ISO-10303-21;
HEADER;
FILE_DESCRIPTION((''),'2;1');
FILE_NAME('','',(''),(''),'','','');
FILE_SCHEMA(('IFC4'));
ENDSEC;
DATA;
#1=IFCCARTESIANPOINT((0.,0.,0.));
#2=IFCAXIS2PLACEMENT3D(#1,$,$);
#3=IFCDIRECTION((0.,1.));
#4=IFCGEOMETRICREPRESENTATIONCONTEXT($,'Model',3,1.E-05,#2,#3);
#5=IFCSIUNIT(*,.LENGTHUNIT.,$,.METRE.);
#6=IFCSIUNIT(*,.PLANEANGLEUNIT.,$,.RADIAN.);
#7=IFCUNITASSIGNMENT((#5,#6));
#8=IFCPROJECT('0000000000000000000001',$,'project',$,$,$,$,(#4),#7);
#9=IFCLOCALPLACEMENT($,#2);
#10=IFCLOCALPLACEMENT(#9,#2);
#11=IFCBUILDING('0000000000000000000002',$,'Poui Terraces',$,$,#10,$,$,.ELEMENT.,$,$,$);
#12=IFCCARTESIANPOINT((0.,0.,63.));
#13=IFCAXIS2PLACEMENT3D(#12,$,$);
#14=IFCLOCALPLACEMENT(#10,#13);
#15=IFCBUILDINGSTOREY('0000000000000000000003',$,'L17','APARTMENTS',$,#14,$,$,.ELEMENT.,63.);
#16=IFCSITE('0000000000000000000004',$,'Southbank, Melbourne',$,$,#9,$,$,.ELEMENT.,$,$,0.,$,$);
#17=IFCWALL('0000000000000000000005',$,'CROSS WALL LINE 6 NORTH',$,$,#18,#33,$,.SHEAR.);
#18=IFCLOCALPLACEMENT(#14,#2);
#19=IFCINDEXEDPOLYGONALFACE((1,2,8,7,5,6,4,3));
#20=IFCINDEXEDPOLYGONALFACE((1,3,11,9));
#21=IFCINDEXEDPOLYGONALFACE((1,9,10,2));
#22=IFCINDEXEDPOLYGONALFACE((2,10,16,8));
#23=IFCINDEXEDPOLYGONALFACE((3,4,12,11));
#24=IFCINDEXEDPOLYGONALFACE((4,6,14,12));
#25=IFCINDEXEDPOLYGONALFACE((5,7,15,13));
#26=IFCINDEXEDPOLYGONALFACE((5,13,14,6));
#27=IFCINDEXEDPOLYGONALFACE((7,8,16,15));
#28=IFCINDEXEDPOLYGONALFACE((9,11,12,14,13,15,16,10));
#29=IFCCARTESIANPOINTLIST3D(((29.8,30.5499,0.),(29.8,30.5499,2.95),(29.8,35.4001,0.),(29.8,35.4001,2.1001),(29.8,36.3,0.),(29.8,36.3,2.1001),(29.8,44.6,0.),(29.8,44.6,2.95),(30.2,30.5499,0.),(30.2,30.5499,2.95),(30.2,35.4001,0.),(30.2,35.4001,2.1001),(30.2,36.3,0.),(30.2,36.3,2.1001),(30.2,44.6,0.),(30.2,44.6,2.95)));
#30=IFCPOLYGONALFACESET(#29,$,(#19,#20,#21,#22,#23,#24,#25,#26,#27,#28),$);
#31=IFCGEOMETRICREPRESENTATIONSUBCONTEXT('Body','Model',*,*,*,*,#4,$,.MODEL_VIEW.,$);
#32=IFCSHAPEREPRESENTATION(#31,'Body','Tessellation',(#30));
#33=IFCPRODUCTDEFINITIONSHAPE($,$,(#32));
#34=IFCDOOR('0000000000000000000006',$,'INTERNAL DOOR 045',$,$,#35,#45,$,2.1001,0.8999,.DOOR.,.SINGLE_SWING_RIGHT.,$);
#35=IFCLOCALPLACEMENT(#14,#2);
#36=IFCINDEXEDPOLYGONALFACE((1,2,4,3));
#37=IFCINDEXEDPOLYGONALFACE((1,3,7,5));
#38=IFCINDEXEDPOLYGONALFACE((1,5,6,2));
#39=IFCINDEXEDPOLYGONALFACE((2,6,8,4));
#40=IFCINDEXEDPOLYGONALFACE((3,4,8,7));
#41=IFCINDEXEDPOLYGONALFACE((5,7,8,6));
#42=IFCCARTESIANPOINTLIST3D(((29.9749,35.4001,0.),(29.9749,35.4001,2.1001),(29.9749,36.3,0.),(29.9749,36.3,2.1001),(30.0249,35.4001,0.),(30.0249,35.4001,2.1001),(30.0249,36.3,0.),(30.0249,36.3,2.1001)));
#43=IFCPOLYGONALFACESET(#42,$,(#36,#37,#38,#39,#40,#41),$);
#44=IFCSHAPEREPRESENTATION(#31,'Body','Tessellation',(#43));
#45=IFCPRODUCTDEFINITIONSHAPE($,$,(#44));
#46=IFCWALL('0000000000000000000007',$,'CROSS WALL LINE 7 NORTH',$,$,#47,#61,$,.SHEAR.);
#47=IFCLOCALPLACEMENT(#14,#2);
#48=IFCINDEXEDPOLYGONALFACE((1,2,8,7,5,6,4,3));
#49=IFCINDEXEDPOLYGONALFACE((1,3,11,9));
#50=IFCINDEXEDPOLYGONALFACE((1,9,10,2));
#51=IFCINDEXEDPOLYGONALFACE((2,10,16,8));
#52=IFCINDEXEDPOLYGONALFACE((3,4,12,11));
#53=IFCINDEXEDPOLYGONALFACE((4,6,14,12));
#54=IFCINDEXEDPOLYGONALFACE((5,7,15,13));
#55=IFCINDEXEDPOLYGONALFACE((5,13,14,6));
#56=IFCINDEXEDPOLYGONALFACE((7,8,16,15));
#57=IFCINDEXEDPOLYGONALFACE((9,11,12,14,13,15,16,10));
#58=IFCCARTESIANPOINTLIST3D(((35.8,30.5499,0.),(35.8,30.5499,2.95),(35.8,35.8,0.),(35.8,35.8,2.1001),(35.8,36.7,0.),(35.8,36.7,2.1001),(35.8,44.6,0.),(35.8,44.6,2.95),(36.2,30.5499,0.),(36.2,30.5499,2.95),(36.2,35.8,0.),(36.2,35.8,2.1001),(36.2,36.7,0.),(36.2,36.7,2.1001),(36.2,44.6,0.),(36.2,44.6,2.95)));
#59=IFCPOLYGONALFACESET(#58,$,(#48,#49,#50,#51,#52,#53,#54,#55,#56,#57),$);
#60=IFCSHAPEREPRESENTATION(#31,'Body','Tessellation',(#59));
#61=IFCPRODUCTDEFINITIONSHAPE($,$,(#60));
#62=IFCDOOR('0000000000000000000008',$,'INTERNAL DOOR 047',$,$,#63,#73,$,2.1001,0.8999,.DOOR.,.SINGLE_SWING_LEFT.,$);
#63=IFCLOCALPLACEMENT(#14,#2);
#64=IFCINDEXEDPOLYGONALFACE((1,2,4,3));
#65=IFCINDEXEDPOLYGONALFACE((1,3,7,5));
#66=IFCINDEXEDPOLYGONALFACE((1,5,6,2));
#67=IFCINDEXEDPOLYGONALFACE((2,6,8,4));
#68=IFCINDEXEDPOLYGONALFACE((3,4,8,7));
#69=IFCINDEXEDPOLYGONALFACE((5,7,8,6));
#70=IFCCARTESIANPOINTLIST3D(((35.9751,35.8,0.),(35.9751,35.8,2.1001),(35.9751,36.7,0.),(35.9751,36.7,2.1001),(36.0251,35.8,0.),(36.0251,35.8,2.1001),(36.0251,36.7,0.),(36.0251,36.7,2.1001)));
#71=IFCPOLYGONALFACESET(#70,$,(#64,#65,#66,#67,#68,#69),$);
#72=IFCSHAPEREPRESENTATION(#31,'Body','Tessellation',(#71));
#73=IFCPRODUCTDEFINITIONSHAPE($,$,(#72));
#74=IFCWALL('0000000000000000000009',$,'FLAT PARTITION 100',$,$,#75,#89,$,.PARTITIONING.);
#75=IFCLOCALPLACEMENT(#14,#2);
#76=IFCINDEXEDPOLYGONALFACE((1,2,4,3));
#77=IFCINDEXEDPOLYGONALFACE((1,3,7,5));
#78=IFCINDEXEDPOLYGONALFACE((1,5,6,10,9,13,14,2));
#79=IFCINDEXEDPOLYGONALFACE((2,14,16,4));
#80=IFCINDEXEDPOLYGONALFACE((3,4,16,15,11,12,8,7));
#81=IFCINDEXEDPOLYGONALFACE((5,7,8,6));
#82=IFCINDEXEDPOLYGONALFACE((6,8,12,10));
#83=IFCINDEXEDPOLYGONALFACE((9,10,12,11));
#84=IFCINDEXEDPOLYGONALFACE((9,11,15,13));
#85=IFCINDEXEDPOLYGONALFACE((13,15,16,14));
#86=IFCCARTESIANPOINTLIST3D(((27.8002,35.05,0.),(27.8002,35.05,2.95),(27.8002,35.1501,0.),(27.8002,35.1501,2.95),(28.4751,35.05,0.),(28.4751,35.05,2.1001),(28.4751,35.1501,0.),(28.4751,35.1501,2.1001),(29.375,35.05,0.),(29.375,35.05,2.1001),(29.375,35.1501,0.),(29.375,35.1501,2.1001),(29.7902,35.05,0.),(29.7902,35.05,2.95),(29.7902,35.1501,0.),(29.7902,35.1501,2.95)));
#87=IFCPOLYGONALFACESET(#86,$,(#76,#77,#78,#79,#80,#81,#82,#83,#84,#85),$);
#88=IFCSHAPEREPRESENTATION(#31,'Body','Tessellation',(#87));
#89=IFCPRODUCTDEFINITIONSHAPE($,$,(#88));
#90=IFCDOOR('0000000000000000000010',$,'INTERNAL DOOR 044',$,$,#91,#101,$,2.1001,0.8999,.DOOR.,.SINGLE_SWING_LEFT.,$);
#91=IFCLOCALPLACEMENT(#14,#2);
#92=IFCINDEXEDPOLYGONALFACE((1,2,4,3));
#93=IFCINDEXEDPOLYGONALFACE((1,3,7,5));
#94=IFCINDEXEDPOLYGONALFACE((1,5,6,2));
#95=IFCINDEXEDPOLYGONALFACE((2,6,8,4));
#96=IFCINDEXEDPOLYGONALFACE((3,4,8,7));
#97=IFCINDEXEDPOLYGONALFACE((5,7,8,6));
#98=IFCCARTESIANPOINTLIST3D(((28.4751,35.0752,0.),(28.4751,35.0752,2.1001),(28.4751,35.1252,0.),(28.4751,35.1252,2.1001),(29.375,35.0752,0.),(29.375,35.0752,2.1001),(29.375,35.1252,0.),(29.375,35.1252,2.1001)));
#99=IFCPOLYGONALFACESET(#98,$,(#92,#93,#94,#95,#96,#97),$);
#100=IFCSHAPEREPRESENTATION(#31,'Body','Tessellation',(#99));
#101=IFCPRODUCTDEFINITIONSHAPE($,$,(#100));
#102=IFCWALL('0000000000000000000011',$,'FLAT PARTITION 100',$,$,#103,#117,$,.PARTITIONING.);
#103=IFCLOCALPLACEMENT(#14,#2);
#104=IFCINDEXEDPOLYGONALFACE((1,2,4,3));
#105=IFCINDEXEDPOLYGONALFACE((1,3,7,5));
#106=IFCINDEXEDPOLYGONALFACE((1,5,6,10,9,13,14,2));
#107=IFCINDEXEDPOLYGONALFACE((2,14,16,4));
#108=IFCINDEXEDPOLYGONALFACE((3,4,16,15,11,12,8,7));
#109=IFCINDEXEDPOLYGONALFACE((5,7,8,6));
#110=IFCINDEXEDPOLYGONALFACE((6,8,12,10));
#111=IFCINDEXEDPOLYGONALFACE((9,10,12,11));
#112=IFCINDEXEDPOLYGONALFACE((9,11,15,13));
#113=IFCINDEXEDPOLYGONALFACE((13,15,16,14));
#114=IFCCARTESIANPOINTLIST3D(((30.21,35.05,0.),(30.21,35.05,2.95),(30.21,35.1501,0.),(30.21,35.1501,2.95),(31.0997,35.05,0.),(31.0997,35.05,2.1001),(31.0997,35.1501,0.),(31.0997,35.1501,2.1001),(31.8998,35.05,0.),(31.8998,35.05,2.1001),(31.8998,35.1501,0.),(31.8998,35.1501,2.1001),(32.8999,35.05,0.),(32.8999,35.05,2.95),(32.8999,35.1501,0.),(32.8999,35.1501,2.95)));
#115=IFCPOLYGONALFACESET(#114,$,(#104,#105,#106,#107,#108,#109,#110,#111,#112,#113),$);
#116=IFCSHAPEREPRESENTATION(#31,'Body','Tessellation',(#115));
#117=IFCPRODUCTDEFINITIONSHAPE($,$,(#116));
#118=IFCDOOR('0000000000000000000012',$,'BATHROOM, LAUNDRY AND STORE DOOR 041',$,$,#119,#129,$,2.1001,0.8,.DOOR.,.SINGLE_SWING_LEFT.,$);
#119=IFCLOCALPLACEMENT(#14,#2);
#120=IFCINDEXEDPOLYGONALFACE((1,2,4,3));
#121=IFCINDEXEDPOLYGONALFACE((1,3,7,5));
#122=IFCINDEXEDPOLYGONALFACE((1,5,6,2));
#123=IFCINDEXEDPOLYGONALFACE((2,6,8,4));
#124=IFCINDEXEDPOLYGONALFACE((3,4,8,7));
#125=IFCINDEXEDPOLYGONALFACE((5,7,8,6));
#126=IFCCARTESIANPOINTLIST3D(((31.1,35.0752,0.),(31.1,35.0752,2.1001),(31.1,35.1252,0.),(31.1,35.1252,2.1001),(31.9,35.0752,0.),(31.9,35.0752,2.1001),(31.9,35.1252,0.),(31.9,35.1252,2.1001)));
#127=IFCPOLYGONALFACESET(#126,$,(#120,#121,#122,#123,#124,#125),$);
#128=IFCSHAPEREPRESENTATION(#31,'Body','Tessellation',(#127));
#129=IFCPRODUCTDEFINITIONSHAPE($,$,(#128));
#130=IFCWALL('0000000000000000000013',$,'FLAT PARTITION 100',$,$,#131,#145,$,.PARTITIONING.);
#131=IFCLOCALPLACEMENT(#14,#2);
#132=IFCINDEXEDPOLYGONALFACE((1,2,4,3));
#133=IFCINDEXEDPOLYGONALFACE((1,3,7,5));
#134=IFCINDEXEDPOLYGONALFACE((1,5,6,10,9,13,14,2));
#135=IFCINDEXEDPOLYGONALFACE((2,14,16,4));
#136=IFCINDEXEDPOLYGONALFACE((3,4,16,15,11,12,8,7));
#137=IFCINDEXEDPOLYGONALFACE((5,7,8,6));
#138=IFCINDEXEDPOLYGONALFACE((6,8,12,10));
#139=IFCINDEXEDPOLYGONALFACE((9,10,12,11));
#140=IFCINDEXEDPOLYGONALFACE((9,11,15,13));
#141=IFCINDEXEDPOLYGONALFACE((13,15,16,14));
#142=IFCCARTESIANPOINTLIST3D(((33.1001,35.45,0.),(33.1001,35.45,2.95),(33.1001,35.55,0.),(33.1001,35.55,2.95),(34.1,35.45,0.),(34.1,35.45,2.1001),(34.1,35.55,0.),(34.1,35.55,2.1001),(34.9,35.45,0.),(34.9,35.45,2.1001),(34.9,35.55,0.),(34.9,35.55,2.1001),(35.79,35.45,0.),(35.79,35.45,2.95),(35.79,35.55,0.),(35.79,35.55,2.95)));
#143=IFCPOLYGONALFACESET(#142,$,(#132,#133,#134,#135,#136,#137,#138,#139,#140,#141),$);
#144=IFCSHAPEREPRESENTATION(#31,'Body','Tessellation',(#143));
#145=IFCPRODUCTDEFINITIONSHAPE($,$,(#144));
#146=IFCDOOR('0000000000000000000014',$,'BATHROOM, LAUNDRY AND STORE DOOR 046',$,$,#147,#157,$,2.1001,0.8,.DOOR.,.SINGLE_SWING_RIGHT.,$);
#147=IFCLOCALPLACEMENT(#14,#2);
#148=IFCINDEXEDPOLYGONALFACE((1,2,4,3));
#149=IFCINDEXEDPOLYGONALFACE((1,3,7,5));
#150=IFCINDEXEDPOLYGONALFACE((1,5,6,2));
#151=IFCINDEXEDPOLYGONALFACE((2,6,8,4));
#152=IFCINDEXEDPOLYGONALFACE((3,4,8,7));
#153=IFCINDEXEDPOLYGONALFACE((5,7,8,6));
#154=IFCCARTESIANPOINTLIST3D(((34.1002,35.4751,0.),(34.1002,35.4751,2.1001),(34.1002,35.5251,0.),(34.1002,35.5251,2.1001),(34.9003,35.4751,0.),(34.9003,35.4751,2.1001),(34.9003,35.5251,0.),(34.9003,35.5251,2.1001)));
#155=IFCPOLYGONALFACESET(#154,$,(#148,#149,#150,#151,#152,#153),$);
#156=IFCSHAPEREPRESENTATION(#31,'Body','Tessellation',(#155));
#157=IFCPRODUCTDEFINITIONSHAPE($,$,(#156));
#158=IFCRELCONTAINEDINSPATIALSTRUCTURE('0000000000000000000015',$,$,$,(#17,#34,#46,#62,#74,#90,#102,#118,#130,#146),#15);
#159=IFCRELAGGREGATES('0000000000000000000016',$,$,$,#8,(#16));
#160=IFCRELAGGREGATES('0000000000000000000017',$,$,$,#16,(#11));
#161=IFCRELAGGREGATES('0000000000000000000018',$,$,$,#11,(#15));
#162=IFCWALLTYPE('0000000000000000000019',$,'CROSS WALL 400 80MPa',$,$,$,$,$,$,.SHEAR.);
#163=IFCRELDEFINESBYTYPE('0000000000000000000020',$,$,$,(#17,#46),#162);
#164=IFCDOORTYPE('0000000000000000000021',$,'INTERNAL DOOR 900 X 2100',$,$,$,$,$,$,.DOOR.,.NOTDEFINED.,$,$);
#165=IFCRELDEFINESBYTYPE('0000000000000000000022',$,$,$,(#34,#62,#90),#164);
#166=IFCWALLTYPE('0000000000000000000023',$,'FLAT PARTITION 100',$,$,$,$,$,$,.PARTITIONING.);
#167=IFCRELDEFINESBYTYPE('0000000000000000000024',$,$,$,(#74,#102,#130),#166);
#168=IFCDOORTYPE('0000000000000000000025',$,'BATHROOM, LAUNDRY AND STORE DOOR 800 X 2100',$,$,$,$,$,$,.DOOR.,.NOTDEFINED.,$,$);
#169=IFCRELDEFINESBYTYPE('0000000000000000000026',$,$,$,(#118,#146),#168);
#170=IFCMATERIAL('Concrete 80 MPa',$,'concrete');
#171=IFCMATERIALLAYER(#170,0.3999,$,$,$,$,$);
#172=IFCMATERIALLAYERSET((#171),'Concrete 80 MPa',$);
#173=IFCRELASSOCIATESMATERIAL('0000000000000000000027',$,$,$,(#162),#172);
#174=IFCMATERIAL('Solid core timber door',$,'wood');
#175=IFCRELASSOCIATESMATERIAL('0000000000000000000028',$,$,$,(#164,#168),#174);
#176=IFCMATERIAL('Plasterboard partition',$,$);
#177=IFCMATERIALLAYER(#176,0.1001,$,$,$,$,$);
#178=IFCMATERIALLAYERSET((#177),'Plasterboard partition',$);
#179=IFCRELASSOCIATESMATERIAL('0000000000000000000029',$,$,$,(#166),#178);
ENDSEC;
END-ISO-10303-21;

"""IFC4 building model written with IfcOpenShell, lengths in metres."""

from ifc_helpers import new_model, si_unit, direction, frame, frame_2d, origin, place, context, subcontext, project, spatial, rectangle, extrude, material, layer, layer_set, type_object, element, fill, save


model = new_model("IFC4")

# Units and contexts
model_context = context("Model", 3, precision=1e-05, world=origin(), true_north=direction((0.0, 1.0)))
body_context = subcontext(model_context, "Body", "Model", "MODEL_VIEW")
ifc_project = project(units=[si_unit("LENGTHUNIT", "METRE"), si_unit("PLANEANGLEUNIT", "RADIAN")], contexts=[model_context])

# Site, building, storey
site_placement = place(None, origin())
site = spatial("IfcSite", under=ifc_project, at=site_placement, Name="Southbank, Melbourne", CompositionType="ELEMENT", RefElevation=0.0)
building_placement = place(site_placement, origin())
building = spatial("IfcBuilding", under=site, at=building_placement, Name="Poui Terraces", CompositionType="ELEMENT")
storey_placement = place(building_placement, frame((0.0, 0.0, 63.0)))
storey = spatial("IfcBuildingStorey", under=building, at=storey_placement, Name="L17", Description="APARTMENTS", CompositionType="ELEMENT", Elevation=63.0)

# Walls, openings, doors
ifc_material_1 = material(Name="Concrete 80 MPa", Category="concrete")
ifc_layer_1 = layer(ifc_material_1, 0.3999)
ifc_layer_set_1 = layer_set([ifc_layer_1], Name="Concrete 80 MPa")
wall_type_1 = type_object("IfcWallType", Name="CROSS WALL 400 80MPa", PredefinedType="SHEAR", material=ifc_layer_set_1)
wall_1_placement = place(storey_placement, frame((30.0, 30.55, 0.0), z_axis=(0.0, 0.0, 1.0), x_axis=(0.0, 1.0, 0.0)))
wall_1 = element("IfcWall", 1, at=wall_1_placement, inside=storey, type_object=wall_type_1, Name="CROSS WALL LINE 6 NORTH", PredefinedType="SHEAR", context=body_context, shape_type="SweptSolid", body=[
    extrude(rectangle(XDim=14.05, YDim=0.3999, at=frame_2d((7.0249, 0.0))), origin(), (0.0, 0.0, 1.0), 2.95),
])
opening_1_placement = place(wall_1_placement, frame((4.8501, 0.0, 0.0)))
opening_1 = element("IfcOpeningElement", 2, at=opening_1_placement, cuts=wall_1, PredefinedType="OPENING", context=body_context, shape_type="SweptSolid", body=[
    extrude(rectangle(XDim=0.8999, YDim=2.1001, at=frame_2d((0.45, 1.05))), frame((0.0, 0.21, 0.0), z_axis=(0.0, -1.0, 0.0), x_axis=(1.0, 0.0, 0.0)), (0.0, 0.0, 1.0), 0.4199),
])
ifc_material_2 = material(Name="Solid core timber door", Category="wood")
door_type_1 = type_object("IfcDoorType", Name="INTERNAL DOOR 900 X 2100", OperationType="NOTDEFINED", PredefinedType="DOOR", material=ifc_material_2)
door_1_placement = place(opening_1_placement, frame((0.8999, 0.0, 0.0), z_axis=(0.0, 0.0, 1.0), x_axis=(-1.0, 0.0, 0.0)))
door_1 = element("IfcDoor", 3, at=door_1_placement, inside=storey, type_object=door_type_1, Name="INTERNAL DOOR 045", OperationType="SINGLE_SWING_RIGHT", OverallHeight=2.1001, OverallWidth=0.8999, PredefinedType="DOOR", context=body_context, shape_type="SweptSolid", body=[
    extrude(rectangle(XDim=0.8999, YDim=2.1001, at=frame_2d((0.45, 1.05))), frame((0.0, 0.0249, 0.0), z_axis=(0.0, -1.0, 0.0), x_axis=(1.0, 0.0, 0.0)), (0.0, 0.0, 1.0), 0.05),
])
fill(opening_1, door_1)
wall_2_placement = place(storey_placement, frame((36.0, 30.55, 0.0), z_axis=(0.0, 0.0, 1.0), x_axis=(0.0, 1.0, 0.0)))
wall_2 = element("IfcWall", 4, at=wall_2_placement, inside=storey, type_object=wall_type_1, Name="CROSS WALL LINE 7 NORTH", PredefinedType="SHEAR", context=body_context, shape_type="SweptSolid", body=[
    extrude(rectangle(XDim=14.05, YDim=0.3999, at=frame_2d((7.0249, 0.0))), origin(), (0.0, 0.0, 1.0), 2.95),
])
opening_2_placement = place(wall_2_placement, frame((5.25, 0.0, 0.0)))
opening_2 = element("IfcOpeningElement", 5, at=opening_2_placement, cuts=wall_2, PredefinedType="OPENING", context=body_context, shape_type="SweptSolid", body=[
    extrude(rectangle(XDim=0.8999, YDim=2.1001, at=frame_2d((0.45, 1.05))), frame((0.0, 0.21, 0.0), z_axis=(0.0, -1.0, 0.0), x_axis=(1.0, 0.0, 0.0)), (0.0, 0.0, 1.0), 0.4199),
])
door_2_placement = place(opening_2_placement, origin())
door_2 = element("IfcDoor", 6, at=door_2_placement, inside=storey, type_object=door_type_1, Name="INTERNAL DOOR 047", OperationType="SINGLE_SWING_LEFT", OverallHeight=2.1001, OverallWidth=0.8999, PredefinedType="DOOR", context=body_context, shape_type="SweptSolid", body=[
    extrude(rectangle(XDim=0.8999, YDim=2.1001, at=frame_2d((0.45, 1.05))), frame((0.0, 0.0249, 0.0), z_axis=(0.0, -1.0, 0.0), x_axis=(1.0, 0.0, 0.0)), (0.0, 0.0, 1.0), 0.05),
])
fill(opening_2, door_2)
ifc_material_3 = material(Name="Plasterboard partition")
ifc_layer_2 = layer(ifc_material_3, 0.1001)
ifc_layer_set_2 = layer_set([ifc_layer_2], Name="Plasterboard partition")
wall_type_2 = type_object("IfcWallType", Name="FLAT PARTITION 100", PredefinedType="PARTITIONING", material=ifc_layer_set_2)
wall_3_placement = place(storey_placement, frame((27.8, 35.1001, 0.0), z_axis=(0.0, 0.0, 1.0), x_axis=(1.0, 0.0, 0.0)))
wall_3 = element("IfcWall", 7, at=wall_3_placement, inside=storey, type_object=wall_type_2, Name="FLAT PARTITION 100", PredefinedType="PARTITIONING", context=body_context, shape_type="SweptSolid", body=[
    extrude(rectangle(XDim=1.99, YDim=0.1001, at=frame_2d((0.9951, 0.0))), origin(), (0.0, 0.0, 1.0), 2.95),
])
opening_3_placement = place(wall_3_placement, frame((0.675, 0.0, 0.0)))
opening_3 = element("IfcOpeningElement", 8, at=opening_3_placement, cuts=wall_3, PredefinedType="OPENING", context=body_context, shape_type="SweptSolid", body=[
    extrude(rectangle(XDim=0.8999, YDim=2.1001, at=frame_2d((0.45, 1.05))), frame((0.0, 0.0601, 0.0), z_axis=(0.0, -1.0, 0.0), x_axis=(1.0, 0.0, 0.0)), (0.0, 0.0, 1.0), 0.1201),
])
door_3_placement = place(opening_3_placement, frame((0.8999, 0.0, 0.0), z_axis=(0.0, 0.0, 1.0), x_axis=(-1.0, 0.0, 0.0)))
door_3 = element("IfcDoor", 9, at=door_3_placement, inside=storey, type_object=door_type_1, Name="INTERNAL DOOR 044", OperationType="SINGLE_SWING_LEFT", OverallHeight=2.1001, OverallWidth=0.8999, PredefinedType="DOOR", context=body_context, shape_type="SweptSolid", body=[
    extrude(rectangle(XDim=0.8999, YDim=2.1001, at=frame_2d((0.45, 1.05))), frame((0.0, 0.0249, 0.0), z_axis=(0.0, -1.0, 0.0), x_axis=(1.0, 0.0, 0.0)), (0.0, 0.0, 1.0), 0.05),
])
fill(opening_3, door_3)
wall_4_placement = place(storey_placement, frame((30.21, 35.1001, 0.0), z_axis=(0.0, 0.0, 1.0), x_axis=(1.0, 0.0, 0.0)))
wall_4 = element("IfcWall", 10, at=wall_4_placement, inside=storey, type_object=wall_type_2, Name="FLAT PARTITION 100", PredefinedType="PARTITIONING", context=body_context, shape_type="SweptSolid", body=[
    extrude(rectangle(XDim=2.6899, YDim=0.1001, at=frame_2d((1.345, 0.0))), origin(), (0.0, 0.0, 1.0), 2.95),
])
opening_4_placement = place(wall_4_placement, frame((0.8899, 0.0, 0.0)))
opening_4 = element("IfcOpeningElement", 11, at=opening_4_placement, cuts=wall_4, PredefinedType="OPENING", context=body_context, shape_type="SweptSolid", body=[
    extrude(rectangle(XDim=0.8, YDim=2.1001, at=frame_2d((0.3999, 1.05))), frame((0.0, 0.0601, 0.0), z_axis=(0.0, -1.0, 0.0), x_axis=(1.0, 0.0, 0.0)), (0.0, 0.0, 1.0), 0.1201),
])
door_type_2 = type_object("IfcDoorType", Name="BATHROOM, LAUNDRY AND STORE DOOR 800 X 2100", OperationType="NOTDEFINED", PredefinedType="DOOR", material=ifc_material_2)
door_4_placement = place(opening_4_placement, frame((0.8, 0.0, 0.0), z_axis=(0.0, 0.0, 1.0), x_axis=(-1.0, 0.0, 0.0)))
door_4 = element("IfcDoor", 12, at=door_4_placement, inside=storey, type_object=door_type_2, Name="BATHROOM, LAUNDRY AND STORE DOOR 041", OperationType="SINGLE_SWING_LEFT", OverallHeight=2.1001, OverallWidth=0.8, PredefinedType="DOOR", context=body_context, shape_type="SweptSolid", body=[
    extrude(rectangle(XDim=0.8, YDim=2.1001, at=frame_2d((0.3999, 1.05))), frame((0.0, 0.0249, 0.0), z_axis=(0.0, -1.0, 0.0), x_axis=(1.0, 0.0, 0.0)), (0.0, 0.0, 1.0), 0.05),
])
fill(opening_4, door_4)
wall_5_placement = place(storey_placement, frame((33.1001, 35.5, 0.0), z_axis=(0.0, 0.0, 1.0), x_axis=(1.0, 0.0, 0.0)))
wall_5 = element("IfcWall", 13, at=wall_5_placement, inside=storey, type_object=wall_type_2, Name="FLAT PARTITION 100", PredefinedType="PARTITIONING", context=body_context, shape_type="SweptSolid", body=[
    extrude(rectangle(XDim=2.6899, YDim=0.1001, at=frame_2d((1.345, 0.0))), origin(), (0.0, 0.0, 1.0), 2.95),
])
opening_5_placement = place(wall_5_placement, frame((1.0, 0.0, 0.0)))
opening_5 = element("IfcOpeningElement", 14, at=opening_5_placement, cuts=wall_5, PredefinedType="OPENING", context=body_context, shape_type="SweptSolid", body=[
    extrude(rectangle(XDim=0.8, YDim=2.1001, at=frame_2d((0.3999, 1.05))), frame((0.0, 0.0601, 0.0), z_axis=(0.0, -1.0, 0.0), x_axis=(1.0, 0.0, 0.0)), (0.0, 0.0, 1.0), 0.1201),
])
door_5_placement = place(opening_5_placement, frame((0.8, 0.0, 0.0), z_axis=(0.0, 0.0, 1.0), x_axis=(-1.0, 0.0, 0.0)))
door_5 = element("IfcDoor", 15, at=door_5_placement, inside=storey, type_object=door_type_2, Name="BATHROOM, LAUNDRY AND STORE DOOR 046", OperationType="SINGLE_SWING_RIGHT", OverallHeight=2.1001, OverallWidth=0.8, PredefinedType="DOOR", context=body_context, shape_type="SweptSolid", body=[
    extrude(rectangle(XDim=0.8, YDim=2.1001, at=frame_2d((0.3999, 1.05))), frame((0.0, 0.0249, 0.0), z_axis=(0.0, -1.0, 0.0), x_axis=(1.0, 0.0, 0.0)), (0.0, 0.0, 1.0), 0.05),
])
fill(opening_5, door_5)

save(model, "model.ifc")
